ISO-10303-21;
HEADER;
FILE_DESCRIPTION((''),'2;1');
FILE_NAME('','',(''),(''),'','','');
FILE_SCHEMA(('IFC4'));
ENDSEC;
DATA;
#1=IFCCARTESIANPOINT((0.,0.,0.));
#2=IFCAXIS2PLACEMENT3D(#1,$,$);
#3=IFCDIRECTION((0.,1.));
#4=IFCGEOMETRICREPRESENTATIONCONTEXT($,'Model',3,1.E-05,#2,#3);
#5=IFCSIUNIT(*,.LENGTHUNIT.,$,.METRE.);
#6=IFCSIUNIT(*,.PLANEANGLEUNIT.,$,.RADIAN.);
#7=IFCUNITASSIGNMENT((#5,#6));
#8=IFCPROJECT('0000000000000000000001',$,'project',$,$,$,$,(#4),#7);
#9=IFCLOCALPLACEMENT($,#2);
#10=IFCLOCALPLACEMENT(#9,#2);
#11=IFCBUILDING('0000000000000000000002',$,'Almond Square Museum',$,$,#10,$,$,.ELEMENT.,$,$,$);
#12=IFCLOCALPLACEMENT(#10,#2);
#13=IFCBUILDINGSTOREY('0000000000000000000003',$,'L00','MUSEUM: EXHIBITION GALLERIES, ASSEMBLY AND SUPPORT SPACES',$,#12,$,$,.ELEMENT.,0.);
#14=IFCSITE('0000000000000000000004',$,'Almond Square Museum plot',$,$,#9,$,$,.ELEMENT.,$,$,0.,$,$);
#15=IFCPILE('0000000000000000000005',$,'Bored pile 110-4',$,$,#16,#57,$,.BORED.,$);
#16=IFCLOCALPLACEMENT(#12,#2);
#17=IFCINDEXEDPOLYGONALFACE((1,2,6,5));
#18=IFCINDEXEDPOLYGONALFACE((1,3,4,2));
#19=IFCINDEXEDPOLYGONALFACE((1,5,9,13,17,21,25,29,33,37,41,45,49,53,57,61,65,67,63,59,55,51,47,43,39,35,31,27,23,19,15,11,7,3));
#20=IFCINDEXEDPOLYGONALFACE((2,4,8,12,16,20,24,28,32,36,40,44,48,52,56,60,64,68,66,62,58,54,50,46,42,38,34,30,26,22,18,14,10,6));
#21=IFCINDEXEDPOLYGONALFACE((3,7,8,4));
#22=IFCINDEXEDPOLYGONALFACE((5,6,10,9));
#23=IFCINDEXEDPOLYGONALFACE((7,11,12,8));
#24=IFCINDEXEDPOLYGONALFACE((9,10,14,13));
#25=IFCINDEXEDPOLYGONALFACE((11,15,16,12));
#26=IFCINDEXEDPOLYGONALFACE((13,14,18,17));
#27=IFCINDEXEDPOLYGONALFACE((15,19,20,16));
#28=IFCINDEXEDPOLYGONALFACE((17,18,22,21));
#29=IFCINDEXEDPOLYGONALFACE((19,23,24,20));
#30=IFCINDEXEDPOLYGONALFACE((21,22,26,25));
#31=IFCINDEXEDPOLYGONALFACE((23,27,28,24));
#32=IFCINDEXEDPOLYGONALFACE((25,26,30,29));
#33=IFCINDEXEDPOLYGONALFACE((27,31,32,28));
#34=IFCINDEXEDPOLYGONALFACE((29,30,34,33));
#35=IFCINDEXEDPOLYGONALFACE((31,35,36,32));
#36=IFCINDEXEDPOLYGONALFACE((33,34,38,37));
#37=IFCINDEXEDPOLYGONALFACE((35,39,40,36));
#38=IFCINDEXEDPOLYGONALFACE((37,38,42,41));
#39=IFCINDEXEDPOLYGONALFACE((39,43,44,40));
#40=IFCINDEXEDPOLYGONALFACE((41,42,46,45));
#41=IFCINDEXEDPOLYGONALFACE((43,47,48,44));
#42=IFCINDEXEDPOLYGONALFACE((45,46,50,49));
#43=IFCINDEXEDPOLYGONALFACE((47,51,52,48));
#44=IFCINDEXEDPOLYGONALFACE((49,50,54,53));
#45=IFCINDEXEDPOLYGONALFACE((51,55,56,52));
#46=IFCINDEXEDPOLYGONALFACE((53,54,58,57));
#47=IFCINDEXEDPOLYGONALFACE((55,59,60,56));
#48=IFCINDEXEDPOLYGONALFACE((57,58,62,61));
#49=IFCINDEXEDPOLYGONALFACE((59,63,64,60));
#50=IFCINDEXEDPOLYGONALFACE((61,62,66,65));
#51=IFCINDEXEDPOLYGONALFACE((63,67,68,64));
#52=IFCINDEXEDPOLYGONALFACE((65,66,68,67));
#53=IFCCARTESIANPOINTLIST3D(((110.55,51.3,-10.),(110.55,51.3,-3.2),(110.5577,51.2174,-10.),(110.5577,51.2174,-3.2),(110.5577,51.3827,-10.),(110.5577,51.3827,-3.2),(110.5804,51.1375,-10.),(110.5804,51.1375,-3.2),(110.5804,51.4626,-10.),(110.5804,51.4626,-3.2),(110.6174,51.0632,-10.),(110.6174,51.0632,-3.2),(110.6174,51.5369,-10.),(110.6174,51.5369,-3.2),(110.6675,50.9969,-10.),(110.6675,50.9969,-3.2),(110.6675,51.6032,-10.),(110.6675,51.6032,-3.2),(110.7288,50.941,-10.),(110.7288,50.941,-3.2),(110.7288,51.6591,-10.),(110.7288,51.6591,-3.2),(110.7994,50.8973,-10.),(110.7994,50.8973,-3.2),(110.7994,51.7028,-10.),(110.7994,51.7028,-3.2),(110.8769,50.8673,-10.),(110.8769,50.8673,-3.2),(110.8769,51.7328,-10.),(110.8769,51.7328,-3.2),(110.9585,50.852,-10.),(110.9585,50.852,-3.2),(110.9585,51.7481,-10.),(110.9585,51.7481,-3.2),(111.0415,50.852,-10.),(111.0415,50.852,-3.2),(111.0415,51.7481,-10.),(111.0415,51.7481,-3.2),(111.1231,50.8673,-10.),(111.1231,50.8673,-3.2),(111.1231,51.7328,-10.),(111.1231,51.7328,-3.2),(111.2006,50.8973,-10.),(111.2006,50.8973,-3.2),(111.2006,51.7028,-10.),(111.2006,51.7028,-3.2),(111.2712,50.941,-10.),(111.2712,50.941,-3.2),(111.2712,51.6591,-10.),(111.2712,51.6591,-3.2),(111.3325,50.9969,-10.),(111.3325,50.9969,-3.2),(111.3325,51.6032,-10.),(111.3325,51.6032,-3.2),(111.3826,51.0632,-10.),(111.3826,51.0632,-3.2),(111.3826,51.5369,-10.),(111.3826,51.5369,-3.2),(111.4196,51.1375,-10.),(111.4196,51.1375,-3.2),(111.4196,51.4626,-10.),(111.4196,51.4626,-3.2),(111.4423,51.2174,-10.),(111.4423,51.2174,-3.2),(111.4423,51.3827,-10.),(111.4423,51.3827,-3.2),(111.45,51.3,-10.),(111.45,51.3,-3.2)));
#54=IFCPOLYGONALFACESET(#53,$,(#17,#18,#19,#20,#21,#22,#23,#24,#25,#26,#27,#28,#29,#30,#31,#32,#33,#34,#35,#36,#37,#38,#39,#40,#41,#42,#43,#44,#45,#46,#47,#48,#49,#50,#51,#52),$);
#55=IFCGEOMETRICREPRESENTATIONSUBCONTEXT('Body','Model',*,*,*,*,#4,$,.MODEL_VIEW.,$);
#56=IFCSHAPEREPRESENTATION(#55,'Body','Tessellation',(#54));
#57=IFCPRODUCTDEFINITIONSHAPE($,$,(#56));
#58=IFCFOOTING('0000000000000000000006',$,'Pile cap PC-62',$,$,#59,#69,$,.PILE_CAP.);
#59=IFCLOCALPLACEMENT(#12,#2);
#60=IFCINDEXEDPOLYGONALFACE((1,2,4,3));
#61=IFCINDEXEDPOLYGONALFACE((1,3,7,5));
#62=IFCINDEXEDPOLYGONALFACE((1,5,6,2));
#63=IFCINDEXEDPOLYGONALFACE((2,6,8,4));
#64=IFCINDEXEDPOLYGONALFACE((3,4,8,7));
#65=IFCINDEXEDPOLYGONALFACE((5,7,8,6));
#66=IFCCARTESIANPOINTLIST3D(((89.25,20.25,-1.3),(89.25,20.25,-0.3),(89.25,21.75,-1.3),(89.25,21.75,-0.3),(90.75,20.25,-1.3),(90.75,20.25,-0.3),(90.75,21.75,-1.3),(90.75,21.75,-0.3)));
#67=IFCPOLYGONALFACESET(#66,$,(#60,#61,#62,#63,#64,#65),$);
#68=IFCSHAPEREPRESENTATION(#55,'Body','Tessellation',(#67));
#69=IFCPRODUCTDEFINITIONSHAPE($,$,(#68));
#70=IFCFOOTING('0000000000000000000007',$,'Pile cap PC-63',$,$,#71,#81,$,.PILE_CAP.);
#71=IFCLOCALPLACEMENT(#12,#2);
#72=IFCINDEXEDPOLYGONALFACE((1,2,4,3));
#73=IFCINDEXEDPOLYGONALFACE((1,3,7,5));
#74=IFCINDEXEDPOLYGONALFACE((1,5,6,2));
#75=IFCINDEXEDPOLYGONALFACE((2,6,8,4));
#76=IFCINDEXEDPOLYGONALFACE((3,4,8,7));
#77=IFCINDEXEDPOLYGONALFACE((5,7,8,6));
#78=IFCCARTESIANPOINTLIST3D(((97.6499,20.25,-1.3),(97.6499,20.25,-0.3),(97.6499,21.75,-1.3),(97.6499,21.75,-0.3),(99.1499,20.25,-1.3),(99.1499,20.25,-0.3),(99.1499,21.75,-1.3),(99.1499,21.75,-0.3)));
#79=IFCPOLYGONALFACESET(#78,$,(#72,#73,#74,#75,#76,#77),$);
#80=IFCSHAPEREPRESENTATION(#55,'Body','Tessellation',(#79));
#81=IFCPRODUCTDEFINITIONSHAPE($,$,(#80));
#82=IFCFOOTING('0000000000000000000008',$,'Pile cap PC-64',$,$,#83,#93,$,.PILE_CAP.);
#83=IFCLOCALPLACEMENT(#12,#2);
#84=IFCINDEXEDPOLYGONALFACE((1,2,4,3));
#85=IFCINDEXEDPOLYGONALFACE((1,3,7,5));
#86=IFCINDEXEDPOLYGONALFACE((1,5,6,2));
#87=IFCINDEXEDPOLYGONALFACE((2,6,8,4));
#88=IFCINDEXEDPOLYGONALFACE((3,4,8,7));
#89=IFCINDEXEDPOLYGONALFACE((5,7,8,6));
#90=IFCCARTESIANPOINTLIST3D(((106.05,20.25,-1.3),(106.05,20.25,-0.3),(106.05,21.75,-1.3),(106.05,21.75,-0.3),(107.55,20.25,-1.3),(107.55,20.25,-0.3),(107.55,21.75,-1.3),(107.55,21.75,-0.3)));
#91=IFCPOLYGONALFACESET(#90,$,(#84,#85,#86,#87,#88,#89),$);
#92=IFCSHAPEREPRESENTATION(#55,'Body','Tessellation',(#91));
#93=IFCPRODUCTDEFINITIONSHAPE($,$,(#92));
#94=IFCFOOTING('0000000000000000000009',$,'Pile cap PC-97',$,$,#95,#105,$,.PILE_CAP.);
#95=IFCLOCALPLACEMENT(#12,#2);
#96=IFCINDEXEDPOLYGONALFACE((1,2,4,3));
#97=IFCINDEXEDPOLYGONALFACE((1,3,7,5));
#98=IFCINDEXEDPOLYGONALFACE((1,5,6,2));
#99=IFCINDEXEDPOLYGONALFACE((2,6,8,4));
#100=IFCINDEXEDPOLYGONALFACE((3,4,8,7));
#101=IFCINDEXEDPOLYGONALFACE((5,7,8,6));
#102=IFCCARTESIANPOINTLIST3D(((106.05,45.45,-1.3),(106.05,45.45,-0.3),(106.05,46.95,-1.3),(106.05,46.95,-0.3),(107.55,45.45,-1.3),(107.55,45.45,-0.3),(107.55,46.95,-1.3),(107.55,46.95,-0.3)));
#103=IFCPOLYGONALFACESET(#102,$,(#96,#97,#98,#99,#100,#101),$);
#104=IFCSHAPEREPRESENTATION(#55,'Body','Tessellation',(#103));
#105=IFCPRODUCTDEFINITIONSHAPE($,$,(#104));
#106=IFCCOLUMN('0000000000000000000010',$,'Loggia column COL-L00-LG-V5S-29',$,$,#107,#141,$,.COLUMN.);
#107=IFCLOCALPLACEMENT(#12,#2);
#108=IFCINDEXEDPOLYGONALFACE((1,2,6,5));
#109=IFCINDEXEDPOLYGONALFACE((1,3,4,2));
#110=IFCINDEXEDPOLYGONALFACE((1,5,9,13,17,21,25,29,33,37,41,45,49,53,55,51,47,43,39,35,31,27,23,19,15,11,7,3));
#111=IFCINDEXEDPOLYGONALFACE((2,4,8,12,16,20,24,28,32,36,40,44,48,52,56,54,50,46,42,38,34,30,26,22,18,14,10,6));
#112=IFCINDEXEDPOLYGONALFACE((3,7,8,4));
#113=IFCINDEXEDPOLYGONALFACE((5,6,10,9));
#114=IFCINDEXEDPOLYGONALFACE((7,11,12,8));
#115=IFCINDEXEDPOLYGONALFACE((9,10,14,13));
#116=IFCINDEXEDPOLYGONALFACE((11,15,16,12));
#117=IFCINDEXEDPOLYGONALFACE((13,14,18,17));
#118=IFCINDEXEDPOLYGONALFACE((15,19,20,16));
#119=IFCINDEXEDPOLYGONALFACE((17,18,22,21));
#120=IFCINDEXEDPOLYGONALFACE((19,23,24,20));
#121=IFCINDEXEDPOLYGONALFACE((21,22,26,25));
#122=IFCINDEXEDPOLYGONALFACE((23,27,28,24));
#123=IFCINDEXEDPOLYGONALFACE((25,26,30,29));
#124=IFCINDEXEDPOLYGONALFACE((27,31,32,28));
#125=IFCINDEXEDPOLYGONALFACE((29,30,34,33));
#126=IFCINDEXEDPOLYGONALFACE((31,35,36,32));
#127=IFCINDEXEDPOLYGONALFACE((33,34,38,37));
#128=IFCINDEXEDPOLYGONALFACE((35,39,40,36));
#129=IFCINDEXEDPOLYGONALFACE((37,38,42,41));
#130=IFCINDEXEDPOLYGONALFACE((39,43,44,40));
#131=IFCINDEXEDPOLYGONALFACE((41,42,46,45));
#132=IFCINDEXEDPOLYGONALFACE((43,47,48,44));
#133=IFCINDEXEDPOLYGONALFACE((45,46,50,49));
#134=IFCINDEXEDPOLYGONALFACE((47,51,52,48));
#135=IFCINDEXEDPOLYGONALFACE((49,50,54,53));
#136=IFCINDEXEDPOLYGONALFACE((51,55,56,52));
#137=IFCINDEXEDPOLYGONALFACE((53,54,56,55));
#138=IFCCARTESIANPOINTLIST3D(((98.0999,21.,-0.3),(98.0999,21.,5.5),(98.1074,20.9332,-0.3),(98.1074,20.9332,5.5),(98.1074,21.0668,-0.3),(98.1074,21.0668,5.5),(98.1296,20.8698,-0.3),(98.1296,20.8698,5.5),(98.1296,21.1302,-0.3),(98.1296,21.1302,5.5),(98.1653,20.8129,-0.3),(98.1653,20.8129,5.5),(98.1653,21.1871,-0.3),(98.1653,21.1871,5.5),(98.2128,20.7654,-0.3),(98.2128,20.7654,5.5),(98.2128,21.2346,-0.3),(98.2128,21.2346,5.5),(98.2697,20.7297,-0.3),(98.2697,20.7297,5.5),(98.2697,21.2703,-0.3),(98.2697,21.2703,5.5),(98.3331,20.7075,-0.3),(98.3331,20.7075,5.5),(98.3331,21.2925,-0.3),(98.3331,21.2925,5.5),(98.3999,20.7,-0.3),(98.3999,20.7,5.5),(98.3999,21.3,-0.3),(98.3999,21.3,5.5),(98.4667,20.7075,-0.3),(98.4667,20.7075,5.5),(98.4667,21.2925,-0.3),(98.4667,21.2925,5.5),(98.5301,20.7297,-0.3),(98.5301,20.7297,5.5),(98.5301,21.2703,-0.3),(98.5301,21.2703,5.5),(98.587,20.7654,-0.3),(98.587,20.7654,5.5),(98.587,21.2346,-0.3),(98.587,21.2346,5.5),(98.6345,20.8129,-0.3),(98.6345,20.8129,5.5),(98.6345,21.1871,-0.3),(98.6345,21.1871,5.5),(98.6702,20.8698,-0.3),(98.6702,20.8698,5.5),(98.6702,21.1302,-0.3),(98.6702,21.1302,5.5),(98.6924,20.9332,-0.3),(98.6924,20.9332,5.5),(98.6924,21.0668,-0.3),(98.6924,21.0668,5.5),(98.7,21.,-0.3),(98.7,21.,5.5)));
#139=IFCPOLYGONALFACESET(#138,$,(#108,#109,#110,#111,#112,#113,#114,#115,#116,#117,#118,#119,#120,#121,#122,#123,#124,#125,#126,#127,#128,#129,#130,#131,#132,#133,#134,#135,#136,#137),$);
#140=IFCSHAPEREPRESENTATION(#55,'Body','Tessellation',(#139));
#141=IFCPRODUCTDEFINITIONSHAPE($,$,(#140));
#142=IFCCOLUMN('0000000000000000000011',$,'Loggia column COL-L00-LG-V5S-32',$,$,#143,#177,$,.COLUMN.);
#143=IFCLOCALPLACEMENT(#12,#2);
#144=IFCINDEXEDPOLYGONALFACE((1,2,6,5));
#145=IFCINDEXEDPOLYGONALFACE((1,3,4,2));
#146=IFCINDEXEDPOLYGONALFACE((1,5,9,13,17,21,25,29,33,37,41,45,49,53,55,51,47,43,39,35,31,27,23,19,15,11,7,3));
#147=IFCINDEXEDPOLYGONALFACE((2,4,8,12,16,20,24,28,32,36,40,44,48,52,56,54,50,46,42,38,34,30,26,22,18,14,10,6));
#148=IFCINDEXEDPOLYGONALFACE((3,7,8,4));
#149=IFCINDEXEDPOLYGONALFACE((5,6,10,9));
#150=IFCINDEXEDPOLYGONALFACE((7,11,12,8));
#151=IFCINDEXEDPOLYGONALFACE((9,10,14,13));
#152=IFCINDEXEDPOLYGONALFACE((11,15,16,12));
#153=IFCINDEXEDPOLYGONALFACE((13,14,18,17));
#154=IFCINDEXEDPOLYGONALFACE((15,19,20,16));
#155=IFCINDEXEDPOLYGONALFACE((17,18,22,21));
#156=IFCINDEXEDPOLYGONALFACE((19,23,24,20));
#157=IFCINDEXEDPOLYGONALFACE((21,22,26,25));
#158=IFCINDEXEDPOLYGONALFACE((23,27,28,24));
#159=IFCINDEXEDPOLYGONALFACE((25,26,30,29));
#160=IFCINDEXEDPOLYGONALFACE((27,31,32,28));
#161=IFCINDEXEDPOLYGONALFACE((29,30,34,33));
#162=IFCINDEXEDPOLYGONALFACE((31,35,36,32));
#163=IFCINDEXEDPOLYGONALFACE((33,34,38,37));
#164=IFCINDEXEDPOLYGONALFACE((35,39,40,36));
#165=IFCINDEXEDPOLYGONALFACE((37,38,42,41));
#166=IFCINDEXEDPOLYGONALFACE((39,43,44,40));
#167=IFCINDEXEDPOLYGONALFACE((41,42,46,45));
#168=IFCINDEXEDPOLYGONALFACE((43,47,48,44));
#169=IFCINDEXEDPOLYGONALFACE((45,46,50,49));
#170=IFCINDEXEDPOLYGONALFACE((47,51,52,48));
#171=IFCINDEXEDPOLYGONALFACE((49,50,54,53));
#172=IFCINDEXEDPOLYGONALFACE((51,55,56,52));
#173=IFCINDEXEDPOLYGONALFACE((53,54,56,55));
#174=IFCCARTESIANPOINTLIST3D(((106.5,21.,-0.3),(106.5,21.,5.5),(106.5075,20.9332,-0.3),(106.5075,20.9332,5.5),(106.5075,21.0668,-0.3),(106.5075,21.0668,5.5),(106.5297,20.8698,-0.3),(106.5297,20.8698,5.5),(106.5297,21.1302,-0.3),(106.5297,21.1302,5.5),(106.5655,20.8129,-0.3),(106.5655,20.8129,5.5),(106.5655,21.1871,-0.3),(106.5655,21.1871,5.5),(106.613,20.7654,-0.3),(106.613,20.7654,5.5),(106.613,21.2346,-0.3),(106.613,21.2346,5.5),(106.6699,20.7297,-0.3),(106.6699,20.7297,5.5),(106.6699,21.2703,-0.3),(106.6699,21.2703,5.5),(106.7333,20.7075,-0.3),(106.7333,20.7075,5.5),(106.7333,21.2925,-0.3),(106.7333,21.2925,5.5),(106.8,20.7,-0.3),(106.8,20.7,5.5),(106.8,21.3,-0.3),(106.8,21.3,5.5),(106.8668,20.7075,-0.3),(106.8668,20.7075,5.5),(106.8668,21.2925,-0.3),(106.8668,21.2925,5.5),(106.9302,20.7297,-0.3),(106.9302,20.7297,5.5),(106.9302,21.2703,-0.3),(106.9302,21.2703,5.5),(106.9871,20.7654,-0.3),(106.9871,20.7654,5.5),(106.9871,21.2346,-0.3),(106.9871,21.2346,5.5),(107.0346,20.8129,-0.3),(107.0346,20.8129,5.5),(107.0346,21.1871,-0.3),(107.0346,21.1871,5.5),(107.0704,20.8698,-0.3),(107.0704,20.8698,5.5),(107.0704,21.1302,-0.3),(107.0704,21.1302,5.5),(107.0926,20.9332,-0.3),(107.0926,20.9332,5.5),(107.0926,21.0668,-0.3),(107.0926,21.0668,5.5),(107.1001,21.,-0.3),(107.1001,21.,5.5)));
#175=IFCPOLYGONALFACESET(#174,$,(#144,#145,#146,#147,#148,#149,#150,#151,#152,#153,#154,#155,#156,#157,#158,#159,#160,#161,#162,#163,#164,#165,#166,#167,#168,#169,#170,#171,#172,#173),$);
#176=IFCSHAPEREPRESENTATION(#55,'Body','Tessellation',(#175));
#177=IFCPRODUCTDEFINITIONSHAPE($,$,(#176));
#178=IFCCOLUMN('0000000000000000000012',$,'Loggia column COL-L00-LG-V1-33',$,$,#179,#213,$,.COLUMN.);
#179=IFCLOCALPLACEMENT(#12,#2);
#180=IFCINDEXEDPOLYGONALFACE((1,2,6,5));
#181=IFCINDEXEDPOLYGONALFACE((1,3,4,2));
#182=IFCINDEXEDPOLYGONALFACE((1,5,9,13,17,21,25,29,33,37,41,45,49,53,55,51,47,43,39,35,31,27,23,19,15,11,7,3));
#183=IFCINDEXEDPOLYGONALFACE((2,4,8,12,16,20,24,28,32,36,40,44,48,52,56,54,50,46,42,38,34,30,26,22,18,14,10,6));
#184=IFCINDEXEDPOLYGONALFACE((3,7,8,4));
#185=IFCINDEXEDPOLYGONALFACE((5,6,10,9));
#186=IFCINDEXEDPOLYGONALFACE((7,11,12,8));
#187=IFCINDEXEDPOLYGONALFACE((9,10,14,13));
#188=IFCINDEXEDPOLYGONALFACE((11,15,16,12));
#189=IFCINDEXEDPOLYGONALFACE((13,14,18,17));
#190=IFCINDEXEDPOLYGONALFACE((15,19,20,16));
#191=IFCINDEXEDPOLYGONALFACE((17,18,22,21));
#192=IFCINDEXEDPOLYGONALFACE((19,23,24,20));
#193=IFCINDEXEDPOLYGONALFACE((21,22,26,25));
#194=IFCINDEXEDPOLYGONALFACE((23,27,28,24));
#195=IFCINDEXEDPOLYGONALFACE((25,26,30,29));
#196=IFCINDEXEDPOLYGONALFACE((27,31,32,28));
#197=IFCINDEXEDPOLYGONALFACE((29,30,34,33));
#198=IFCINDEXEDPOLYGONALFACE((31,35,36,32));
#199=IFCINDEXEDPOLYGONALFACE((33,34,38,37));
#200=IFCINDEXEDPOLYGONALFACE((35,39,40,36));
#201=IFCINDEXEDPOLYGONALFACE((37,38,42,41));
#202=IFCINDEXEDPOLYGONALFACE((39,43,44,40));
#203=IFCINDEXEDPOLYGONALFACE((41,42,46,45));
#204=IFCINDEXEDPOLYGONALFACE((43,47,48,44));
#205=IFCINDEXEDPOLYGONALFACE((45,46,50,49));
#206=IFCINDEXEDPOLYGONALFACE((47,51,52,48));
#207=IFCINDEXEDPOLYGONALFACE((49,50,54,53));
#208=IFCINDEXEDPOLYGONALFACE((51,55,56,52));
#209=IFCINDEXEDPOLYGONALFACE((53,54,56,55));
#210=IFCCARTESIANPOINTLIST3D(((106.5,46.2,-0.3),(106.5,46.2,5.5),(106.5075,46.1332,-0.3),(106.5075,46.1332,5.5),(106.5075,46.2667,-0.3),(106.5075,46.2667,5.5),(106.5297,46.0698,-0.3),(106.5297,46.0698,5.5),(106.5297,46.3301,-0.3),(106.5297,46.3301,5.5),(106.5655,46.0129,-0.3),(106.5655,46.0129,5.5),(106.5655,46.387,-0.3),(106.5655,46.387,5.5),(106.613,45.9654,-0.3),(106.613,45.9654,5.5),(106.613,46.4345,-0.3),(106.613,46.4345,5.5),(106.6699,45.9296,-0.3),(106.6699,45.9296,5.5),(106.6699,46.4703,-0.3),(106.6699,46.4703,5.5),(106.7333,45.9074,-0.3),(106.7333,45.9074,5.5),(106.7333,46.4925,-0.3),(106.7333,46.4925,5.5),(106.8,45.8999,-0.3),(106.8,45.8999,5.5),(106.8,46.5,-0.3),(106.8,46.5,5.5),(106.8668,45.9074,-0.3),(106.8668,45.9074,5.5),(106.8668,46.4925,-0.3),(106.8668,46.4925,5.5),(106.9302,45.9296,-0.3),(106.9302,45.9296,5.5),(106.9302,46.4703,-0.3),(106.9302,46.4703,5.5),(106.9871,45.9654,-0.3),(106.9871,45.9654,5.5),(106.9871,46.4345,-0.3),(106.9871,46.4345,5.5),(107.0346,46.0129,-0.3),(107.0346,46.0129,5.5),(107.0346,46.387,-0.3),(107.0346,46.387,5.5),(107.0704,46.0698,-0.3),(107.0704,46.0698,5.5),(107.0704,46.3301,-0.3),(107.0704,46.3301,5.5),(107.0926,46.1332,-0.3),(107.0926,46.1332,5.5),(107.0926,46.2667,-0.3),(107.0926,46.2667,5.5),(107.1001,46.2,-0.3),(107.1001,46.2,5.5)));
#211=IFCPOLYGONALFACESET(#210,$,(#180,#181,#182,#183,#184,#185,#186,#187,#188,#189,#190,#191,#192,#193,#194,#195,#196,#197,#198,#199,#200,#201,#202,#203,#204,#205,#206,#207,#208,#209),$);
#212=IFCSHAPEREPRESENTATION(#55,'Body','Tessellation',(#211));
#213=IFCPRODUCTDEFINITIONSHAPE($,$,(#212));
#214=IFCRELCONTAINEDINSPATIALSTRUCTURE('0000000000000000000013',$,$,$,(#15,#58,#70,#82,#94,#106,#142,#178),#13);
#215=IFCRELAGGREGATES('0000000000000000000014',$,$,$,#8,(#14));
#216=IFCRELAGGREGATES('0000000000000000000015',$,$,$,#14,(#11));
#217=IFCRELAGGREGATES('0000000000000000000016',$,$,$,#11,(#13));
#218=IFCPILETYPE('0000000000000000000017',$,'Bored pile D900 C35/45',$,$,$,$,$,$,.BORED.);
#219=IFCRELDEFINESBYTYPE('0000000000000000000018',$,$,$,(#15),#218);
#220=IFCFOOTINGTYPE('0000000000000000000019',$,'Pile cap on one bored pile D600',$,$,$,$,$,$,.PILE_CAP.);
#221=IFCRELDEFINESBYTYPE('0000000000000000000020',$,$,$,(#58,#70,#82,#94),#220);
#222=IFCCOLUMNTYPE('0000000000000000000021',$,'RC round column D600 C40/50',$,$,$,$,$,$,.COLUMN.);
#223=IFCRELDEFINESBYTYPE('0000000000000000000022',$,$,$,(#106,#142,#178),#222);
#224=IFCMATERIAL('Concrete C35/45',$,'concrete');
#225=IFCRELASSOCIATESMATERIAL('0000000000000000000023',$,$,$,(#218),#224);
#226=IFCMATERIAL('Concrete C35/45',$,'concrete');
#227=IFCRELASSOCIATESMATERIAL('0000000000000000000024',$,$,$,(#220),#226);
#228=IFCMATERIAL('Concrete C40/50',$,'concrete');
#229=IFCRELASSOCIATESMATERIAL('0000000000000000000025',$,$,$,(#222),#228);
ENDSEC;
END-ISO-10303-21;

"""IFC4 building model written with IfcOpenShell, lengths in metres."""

from ifc_helpers import new_model, si_unit, direction, frame, origin, origin_2d, place, context, subcontext, project, spatial, rectangle, circle, extrude, material, material_profile, profile_set, type_object, element, save


model = new_model("IFC4")

# Units and contexts
model_context = context("Model", 3, precision=1e-05, world=origin(), true_north=direction((0.0, 1.0)))
body_context = subcontext(model_context, "Body", "Model", "MODEL_VIEW")
ifc_project = project(units=[si_unit("LENGTHUNIT", "METRE"), si_unit("PLANEANGLEUNIT", "RADIAN")], contexts=[model_context])

# Site, building, storey
site_placement = place(None, origin())
site = spatial("IfcSite", under=ifc_project, at=site_placement, Name="Almond Square Museum plot", CompositionType="ELEMENT", RefElevation=0.0)
building_placement = place(site_placement, origin())
building = spatial("IfcBuilding", under=site, at=building_placement, Name="Almond Square Museum", CompositionType="ELEMENT")
storey_placement = place(building_placement, origin())
storey = spatial("IfcBuildingStorey", under=building, at=storey_placement, Name="L00", Description="MUSEUM: EXHIBITION GALLERIES, ASSEMBLY AND SUPPORT SPACES", CompositionType="ELEMENT", Elevation=0.0)

# Pile
ifc_material_1 = material(Name="Concrete C35/45", Category="concrete")
ifc_material_profile_1 = material_profile(ifc_material_1, circle(Radius=0.45, at=origin_2d()))
ifc_profile_set_1 = profile_set([ifc_material_profile_1], Name="Concrete C35/45")
pile_type_1 = type_object("IfcPileType", Name="Bored pile D900 C35/45", PredefinedType="BORED", material=ifc_profile_set_1)
for number, where, z_axis, x_axis, name in (
    (1, (111.0, 51.3, -3.2), (0.0, 0.0, -1.0), (1.0, 0.0, 0.0), "Bored pile 110-4"),
):
    element("IfcPile", number, at=place(storey_placement, frame(where, z_axis=z_axis, x_axis=x_axis)), inside=storey, type_object=pile_type_1, Name=name, PredefinedType="BORED", context=body_context, shape_type="SweptSolid", body=[
        extrude(circle(Radius=0.45, at=origin_2d()), origin(), (0.0, 0.0, 1.0), 6.8),
    ])

# Footings
ifc_material_2 = material(Name="Concrete C35/45", Category="concrete")
footing_type = type_object("IfcFootingType", Name="Pile cap on one bored pile D600", PredefinedType="PILE_CAP", material=ifc_material_2)
for number, where, z_axis, x_axis, name in (
    (2, (90.0, 21.0, -1.3), (0.0, 0.0, 1.0), (1.0, 0.0, 0.0), "Pile cap PC-62"),
    (3, (98.3999, 21.0, -1.3), (0.0, 0.0, 1.0), (1.0, 0.0, 0.0), "Pile cap PC-63"),
    (4, (106.8, 21.0, -1.3), (0.0, 0.0, 1.0), (1.0, 0.0, 0.0), "Pile cap PC-64"),
    (5, (106.8, 46.2, -1.3), (0.0, 0.0, 1.0), (1.0, 0.0, 0.0), "Pile cap PC-97"),
):
    element("IfcFooting", number, at=place(storey_placement, frame(where, z_axis=z_axis, x_axis=x_axis)), inside=storey, type_object=footing_type, Name=name, PredefinedType="PILE_CAP", context=body_context, shape_type="SweptSolid", body=[
        extrude(rectangle(XDim=1.5, YDim=1.5, at=origin_2d()), origin(), (0.0, 0.0, 1.0), 1.0),
    ])

# Columns
ifc_material_3 = material(Name="Concrete C40/50", Category="concrete")
ifc_material_profile_2 = material_profile(ifc_material_3, circle(Radius=0.3, at=origin_2d()))
ifc_profile_set_2 = profile_set([ifc_material_profile_2], Name="Concrete C40/50")
column_type = type_object("IfcColumnType", Name="RC round column D600 C40/50", PredefinedType="COLUMN", material=ifc_profile_set_2)
for number, where, z_axis, x_axis, name in (
    (6, (98.3999, 21.0, -0.3), (0.0, 0.0, 1.0), (1.0, 0.0, 0.0), "Loggia column COL-L00-LG-V5S-29"),
    (7, (106.8, 21.0, -0.3), (0.0, 0.0, 1.0), (1.0, 0.0, 0.0), "Loggia column COL-L00-LG-V5S-32"),
    (8, (106.8, 46.2, -0.3), (0.0, 0.0, 1.0), (1.0, 0.0, 0.0), "Loggia column COL-L00-LG-V1-33"),
):
    element("IfcColumn", number, at=place(storey_placement, frame(where, z_axis=z_axis, x_axis=x_axis)), inside=storey, type_object=column_type, Name=name, PredefinedType="COLUMN", context=body_context, shape_type="SweptSolid", body=[
        extrude(circle(Radius=0.3, at=origin_2d()), origin(), (0.0, 0.0, 1.0), 5.8),
    ])

save(model, "model.ifc")
